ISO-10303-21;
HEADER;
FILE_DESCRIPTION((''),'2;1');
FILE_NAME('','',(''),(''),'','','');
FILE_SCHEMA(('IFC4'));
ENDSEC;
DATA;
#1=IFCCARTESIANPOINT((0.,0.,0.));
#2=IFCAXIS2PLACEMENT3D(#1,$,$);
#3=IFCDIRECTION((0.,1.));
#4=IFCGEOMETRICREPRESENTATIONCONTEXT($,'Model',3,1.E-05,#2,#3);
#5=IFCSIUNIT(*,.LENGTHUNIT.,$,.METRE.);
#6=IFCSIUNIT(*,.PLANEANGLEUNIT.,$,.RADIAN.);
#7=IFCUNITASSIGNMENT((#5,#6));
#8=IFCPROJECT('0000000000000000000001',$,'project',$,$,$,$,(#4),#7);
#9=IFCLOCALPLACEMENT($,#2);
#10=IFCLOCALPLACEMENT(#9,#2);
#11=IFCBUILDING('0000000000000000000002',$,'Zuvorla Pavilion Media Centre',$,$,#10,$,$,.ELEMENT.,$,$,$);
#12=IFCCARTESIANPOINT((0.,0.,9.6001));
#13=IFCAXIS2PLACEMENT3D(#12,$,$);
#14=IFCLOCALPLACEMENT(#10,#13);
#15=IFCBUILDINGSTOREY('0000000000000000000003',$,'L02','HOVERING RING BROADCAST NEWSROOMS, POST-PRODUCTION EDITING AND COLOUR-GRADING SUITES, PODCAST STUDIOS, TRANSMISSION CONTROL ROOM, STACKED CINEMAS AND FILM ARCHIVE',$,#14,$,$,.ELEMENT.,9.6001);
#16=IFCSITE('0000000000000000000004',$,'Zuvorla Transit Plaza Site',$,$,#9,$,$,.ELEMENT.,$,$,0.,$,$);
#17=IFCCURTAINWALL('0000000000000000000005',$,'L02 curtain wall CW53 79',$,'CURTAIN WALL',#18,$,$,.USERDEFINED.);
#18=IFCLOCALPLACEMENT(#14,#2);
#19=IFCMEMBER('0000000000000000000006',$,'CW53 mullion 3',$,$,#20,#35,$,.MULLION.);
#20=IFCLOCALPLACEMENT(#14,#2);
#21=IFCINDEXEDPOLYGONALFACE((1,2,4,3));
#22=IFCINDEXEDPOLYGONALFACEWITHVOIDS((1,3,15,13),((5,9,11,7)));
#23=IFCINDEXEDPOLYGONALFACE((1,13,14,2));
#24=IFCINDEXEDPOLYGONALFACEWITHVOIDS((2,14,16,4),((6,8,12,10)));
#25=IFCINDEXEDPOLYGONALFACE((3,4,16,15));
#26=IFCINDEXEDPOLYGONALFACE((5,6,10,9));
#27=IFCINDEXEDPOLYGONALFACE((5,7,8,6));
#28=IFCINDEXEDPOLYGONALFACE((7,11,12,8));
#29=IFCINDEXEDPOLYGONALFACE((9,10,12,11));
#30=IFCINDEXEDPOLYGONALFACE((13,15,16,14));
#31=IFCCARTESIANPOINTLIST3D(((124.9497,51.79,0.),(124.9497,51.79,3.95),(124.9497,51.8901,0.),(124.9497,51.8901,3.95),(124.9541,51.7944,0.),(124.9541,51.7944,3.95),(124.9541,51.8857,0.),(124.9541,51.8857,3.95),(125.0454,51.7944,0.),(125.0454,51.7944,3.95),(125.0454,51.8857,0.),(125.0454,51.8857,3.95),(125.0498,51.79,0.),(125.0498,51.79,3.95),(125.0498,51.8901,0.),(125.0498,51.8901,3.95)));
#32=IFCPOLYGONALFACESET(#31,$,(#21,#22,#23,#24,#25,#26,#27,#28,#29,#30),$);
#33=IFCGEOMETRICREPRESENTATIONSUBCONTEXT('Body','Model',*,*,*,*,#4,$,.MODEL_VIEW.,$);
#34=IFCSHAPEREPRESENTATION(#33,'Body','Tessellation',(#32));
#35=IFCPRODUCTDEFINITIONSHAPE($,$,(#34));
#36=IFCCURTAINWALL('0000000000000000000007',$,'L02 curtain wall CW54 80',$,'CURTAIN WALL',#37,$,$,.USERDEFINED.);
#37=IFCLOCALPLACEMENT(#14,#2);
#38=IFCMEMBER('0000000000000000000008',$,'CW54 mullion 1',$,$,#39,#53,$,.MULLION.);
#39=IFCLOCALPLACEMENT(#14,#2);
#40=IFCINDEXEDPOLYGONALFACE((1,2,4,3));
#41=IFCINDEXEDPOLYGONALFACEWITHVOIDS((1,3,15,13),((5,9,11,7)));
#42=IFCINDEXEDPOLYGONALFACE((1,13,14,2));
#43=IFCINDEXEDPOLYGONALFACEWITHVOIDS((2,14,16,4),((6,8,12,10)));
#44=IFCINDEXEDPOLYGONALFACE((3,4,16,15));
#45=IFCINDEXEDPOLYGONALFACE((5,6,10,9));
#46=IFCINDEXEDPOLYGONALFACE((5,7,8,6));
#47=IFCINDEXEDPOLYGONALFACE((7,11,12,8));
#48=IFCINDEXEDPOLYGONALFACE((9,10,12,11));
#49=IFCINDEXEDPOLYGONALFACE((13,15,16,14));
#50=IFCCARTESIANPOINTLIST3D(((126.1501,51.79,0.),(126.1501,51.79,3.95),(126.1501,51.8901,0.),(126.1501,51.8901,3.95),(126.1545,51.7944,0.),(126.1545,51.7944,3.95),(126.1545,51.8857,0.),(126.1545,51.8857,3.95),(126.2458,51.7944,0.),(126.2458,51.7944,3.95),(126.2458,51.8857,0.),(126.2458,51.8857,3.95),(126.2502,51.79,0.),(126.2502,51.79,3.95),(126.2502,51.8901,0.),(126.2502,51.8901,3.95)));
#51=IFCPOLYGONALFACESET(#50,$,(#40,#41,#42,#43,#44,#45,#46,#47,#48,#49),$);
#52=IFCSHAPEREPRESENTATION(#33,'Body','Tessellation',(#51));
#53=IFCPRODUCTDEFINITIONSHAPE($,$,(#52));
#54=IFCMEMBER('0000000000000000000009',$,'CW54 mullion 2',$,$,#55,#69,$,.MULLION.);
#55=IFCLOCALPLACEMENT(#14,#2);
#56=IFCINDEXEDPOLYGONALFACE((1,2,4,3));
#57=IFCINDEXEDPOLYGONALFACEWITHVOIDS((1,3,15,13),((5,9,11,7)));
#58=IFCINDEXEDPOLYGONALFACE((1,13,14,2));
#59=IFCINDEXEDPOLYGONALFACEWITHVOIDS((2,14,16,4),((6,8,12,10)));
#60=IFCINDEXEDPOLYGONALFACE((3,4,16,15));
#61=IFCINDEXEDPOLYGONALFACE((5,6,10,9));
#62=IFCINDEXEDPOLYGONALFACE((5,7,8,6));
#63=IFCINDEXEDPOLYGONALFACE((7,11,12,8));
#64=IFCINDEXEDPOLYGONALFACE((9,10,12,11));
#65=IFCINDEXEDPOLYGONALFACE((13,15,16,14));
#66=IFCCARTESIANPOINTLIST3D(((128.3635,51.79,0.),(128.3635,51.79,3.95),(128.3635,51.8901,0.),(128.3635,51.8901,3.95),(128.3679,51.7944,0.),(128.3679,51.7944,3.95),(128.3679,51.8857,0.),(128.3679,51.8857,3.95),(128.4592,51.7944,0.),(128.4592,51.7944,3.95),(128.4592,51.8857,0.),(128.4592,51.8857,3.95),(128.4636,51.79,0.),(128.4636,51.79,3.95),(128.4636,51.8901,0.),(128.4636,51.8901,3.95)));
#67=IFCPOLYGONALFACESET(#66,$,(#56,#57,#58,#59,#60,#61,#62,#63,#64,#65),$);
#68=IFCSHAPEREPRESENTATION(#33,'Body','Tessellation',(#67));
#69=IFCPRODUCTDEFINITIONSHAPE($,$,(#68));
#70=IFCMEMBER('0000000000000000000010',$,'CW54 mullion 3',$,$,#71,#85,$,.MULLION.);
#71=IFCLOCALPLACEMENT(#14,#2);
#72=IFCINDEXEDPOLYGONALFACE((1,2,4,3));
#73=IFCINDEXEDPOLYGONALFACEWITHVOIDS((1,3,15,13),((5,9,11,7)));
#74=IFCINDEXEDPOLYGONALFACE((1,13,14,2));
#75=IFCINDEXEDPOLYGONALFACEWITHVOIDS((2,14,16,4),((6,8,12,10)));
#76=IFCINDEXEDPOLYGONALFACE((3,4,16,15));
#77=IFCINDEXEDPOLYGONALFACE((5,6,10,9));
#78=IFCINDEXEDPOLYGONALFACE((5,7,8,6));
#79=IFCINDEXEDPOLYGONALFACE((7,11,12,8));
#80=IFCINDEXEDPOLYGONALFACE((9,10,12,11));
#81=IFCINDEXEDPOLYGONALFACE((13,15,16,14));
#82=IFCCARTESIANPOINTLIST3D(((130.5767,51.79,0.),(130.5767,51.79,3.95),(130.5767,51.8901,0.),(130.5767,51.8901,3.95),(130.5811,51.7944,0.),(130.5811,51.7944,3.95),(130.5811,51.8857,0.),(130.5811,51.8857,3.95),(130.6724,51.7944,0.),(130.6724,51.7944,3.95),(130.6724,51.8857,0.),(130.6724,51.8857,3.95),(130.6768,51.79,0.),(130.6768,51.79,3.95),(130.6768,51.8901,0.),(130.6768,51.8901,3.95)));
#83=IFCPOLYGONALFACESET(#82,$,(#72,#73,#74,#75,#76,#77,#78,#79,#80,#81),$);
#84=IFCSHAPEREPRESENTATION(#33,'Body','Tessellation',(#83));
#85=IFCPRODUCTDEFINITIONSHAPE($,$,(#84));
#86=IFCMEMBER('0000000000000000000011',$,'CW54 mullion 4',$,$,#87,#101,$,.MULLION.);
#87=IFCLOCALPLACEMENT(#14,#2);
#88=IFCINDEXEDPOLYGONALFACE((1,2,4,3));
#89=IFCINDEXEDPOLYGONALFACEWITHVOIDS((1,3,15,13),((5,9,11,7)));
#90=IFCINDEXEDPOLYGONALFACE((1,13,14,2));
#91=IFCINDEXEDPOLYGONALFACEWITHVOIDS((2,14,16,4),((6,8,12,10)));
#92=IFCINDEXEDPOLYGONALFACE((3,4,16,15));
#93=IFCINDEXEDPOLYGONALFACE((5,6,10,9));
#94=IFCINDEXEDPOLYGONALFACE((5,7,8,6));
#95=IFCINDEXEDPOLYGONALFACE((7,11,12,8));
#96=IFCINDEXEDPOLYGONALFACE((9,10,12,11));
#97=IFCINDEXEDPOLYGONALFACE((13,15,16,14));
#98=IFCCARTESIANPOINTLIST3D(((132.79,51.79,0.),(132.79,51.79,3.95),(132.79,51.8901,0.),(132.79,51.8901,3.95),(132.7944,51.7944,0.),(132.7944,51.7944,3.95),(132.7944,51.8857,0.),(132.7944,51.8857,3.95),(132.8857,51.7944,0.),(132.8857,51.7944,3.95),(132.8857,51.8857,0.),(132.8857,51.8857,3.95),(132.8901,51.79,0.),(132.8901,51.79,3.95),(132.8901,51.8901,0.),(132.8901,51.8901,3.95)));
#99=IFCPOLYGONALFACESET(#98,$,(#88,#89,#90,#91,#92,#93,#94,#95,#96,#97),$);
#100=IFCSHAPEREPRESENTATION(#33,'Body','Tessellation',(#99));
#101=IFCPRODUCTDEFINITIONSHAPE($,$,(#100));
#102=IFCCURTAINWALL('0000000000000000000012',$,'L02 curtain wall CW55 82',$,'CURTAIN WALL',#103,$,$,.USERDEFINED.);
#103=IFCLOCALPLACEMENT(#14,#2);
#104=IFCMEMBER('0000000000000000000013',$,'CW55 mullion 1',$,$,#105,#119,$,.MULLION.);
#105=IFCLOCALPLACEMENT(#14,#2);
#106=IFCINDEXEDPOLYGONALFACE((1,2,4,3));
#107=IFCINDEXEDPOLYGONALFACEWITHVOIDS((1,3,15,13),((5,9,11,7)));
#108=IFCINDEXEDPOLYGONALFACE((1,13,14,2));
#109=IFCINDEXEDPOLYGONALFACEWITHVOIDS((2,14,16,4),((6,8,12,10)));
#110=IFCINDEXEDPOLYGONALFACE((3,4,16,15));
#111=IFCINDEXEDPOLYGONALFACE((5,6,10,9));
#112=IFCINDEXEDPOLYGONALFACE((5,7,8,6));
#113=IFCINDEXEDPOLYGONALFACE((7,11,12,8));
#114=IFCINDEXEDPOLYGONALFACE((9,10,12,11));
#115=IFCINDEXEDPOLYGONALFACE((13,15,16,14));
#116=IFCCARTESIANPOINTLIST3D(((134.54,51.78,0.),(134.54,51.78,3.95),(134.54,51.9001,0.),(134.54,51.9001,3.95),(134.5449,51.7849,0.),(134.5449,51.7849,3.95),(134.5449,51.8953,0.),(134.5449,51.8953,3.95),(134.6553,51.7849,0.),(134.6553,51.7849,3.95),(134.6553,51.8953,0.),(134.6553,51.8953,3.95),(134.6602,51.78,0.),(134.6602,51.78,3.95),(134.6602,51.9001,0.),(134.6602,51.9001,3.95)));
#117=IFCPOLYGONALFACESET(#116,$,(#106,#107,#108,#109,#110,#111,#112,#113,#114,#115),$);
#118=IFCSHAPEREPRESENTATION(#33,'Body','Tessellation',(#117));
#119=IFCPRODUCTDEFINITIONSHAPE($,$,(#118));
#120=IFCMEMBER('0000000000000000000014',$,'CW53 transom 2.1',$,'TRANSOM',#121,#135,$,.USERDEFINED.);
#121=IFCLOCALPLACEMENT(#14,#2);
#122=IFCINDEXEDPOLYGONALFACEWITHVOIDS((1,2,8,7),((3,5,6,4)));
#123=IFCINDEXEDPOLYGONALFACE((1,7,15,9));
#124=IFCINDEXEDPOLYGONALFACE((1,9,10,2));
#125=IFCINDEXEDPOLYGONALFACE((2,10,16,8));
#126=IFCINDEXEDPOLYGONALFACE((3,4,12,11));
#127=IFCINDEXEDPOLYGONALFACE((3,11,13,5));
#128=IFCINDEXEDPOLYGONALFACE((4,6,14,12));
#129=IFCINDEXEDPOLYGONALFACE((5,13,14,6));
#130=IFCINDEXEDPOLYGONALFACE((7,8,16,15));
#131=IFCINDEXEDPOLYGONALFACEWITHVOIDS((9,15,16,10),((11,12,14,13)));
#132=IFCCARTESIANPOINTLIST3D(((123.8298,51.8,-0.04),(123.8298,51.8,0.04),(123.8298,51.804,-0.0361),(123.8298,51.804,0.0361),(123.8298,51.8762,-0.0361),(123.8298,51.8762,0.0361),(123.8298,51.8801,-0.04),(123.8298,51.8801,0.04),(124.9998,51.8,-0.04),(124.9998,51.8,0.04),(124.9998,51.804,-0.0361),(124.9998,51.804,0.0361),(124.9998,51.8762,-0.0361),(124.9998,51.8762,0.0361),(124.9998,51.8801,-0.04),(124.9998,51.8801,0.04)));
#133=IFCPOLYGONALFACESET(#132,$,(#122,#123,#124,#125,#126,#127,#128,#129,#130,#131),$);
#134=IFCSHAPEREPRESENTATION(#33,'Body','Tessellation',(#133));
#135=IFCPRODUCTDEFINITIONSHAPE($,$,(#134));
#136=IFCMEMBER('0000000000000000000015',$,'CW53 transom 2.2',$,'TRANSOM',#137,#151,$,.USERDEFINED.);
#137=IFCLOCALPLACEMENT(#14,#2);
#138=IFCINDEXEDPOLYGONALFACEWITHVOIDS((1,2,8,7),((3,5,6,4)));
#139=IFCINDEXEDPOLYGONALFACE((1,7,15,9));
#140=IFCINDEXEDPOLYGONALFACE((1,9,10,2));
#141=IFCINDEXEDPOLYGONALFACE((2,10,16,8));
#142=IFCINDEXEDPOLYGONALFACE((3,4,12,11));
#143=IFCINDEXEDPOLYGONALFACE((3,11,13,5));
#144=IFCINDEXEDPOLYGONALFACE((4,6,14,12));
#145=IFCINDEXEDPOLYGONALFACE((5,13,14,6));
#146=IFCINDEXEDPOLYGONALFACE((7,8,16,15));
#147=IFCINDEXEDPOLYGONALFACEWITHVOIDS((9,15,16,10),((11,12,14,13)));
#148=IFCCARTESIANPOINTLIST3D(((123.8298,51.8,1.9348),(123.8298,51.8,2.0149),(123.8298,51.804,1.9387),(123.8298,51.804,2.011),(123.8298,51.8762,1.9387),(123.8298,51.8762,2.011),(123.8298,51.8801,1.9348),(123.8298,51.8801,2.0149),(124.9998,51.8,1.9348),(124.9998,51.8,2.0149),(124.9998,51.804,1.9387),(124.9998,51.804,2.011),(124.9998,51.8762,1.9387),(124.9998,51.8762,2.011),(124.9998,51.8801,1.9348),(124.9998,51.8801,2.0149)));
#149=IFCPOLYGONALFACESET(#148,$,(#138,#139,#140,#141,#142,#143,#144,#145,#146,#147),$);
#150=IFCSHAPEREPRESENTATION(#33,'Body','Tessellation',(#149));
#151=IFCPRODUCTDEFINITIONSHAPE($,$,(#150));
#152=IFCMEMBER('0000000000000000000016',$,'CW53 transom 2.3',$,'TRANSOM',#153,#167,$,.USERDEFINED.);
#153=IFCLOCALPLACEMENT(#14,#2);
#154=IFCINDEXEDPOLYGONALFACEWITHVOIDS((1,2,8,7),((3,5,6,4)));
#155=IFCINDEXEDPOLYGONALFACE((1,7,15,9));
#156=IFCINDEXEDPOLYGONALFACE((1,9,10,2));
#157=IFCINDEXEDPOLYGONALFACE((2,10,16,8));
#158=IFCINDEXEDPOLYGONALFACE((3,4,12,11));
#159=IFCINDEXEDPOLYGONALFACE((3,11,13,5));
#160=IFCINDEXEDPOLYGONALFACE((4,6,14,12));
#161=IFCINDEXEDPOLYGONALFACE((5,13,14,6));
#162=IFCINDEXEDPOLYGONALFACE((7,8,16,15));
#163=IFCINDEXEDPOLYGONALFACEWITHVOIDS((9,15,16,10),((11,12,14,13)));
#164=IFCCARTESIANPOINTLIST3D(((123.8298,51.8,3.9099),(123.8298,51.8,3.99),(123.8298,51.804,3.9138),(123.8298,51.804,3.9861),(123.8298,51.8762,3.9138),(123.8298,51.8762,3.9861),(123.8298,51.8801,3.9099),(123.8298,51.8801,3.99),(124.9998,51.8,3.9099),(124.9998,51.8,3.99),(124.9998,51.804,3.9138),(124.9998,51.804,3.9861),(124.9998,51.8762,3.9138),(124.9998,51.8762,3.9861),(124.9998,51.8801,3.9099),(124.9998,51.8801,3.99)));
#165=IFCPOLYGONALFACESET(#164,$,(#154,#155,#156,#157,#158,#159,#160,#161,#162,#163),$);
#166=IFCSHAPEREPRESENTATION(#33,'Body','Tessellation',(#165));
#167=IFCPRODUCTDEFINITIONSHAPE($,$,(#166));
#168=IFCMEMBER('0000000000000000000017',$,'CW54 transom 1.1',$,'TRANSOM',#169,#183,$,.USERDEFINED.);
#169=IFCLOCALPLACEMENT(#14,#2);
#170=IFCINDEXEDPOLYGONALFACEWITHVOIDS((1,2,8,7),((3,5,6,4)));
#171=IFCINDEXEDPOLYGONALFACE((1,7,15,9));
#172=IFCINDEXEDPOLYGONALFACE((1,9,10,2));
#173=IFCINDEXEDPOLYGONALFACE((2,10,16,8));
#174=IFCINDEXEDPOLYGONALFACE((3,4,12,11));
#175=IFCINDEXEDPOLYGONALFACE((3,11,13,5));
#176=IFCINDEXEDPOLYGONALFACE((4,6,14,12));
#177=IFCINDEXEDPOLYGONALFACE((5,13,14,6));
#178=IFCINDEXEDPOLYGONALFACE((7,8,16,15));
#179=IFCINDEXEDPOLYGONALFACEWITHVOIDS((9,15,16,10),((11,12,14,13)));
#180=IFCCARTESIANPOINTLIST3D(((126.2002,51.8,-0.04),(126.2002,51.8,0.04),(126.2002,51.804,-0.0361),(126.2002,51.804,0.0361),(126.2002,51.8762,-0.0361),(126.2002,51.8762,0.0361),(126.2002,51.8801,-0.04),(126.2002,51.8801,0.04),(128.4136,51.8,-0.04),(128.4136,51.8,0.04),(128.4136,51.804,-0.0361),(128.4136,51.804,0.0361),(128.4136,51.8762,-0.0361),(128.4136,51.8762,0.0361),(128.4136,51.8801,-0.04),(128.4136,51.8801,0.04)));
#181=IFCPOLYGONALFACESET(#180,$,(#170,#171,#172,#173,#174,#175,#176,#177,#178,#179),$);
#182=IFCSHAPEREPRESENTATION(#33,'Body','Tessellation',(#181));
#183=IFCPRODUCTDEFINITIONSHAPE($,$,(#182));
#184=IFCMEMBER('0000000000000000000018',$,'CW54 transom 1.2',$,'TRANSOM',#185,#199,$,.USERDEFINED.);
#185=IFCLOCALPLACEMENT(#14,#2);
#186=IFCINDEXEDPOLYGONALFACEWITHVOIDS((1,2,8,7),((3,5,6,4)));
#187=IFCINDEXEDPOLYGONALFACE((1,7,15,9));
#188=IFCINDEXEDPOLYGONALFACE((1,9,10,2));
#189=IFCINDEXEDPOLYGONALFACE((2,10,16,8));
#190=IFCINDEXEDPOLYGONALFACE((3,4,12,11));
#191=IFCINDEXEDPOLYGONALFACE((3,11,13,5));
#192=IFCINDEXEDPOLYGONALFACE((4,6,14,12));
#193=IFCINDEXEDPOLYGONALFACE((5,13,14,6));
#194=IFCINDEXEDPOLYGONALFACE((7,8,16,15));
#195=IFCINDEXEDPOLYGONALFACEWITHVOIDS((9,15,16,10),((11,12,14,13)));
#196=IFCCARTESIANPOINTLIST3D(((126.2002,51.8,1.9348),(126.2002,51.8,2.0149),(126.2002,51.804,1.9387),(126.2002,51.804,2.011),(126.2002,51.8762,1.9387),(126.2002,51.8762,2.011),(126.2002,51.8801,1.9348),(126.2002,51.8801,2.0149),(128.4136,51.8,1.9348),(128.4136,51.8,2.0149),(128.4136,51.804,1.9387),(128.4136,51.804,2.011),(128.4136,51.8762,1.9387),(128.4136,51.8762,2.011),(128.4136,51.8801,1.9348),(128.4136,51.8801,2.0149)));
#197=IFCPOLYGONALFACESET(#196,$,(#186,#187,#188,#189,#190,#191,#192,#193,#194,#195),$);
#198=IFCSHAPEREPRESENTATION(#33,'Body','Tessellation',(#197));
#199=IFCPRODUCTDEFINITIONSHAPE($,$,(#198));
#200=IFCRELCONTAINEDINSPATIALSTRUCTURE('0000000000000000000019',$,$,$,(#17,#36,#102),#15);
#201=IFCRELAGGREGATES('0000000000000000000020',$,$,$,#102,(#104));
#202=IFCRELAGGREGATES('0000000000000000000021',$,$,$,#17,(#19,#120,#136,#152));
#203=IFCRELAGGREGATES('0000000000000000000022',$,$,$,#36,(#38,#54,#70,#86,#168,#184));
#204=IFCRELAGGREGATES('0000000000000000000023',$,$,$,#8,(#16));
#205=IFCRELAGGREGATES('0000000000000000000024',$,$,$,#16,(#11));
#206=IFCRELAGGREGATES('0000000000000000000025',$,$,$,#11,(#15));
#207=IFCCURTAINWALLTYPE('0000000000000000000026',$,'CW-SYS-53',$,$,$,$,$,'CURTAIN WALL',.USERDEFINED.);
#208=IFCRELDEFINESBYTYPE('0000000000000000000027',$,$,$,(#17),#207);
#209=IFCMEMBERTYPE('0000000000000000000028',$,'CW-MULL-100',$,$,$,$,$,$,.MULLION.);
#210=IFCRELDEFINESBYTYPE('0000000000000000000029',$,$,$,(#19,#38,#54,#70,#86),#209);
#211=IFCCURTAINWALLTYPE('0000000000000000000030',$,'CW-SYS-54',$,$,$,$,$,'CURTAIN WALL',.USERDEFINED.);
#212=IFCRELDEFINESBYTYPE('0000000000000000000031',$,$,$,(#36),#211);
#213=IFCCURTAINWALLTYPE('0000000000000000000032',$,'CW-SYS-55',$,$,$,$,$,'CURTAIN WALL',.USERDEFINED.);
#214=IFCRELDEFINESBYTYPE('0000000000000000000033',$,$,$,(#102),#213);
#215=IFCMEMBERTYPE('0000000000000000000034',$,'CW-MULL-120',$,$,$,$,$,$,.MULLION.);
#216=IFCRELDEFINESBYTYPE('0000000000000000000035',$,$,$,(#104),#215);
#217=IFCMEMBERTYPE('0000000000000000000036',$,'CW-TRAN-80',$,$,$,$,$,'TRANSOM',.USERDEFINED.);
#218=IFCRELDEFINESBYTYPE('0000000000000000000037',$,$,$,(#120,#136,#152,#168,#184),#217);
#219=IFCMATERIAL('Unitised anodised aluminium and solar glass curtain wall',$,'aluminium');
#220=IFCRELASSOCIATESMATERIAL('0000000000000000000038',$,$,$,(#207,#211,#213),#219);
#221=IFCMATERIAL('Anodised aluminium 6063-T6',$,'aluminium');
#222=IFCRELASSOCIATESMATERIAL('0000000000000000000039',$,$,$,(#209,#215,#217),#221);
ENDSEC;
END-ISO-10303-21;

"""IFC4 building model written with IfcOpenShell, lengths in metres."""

from ifc_helpers import new_model, si_unit, direction, frame, origin, origin_2d, place, context, subcontext, project, spatial, hollow_rectangle, extrude, material, material_profile, profile_set, type_object, element, aggregate, save


model = new_model("IFC4")

# Units and contexts
model_context = context("Model", 3, precision=1e-05, world=origin(), true_north=direction((0.0, 1.0)))
body_context = subcontext(model_context, "Body", "Model", "MODEL_VIEW")
ifc_project = project(units=[si_unit("LENGTHUNIT", "METRE"), si_unit("PLANEANGLEUNIT", "RADIAN")], contexts=[model_context])

# Site, building, storey
site_placement = place(None, origin())
site = spatial("IfcSite", under=ifc_project, at=site_placement, Name="Zuvorla Transit Plaza Site", CompositionType="ELEMENT", RefElevation=0.0)
building_placement = place(site_placement, origin())
building = spatial("IfcBuilding", under=site, at=building_placement, Name="Zuvorla Pavilion Media Centre", CompositionType="ELEMENT")
storey_placement = place(building_placement, frame((0.0, 0.0, 9.6001)))
storey = spatial("IfcBuildingStorey", under=building, at=storey_placement, Name="L02", Description="HOVERING RING BROADCAST NEWSROOMS, POST-PRODUCTION EDITING AND COLOUR-GRADING SUITES, PODCAST STUDIOS, TRANSMISSION CONTROL ROOM, STACKED CINEMAS AND FILM ARCHIVE", CompositionType="ELEMENT", Elevation=9.6001)

# Curtain wall, member
ifc_material_1 = material(Name="Unitised anodised aluminium and solar glass curtain wall", Category="aluminium")
curtain_wall_type_1 = type_object("IfcCurtainWallType", Name="CW-SYS-53", ElementType="CURTAIN WALL", PredefinedType="USERDEFINED", material=ifc_material_1)
curtain_wall_1_placement = place(storey_placement, origin())
curtain_wall_1 = element("IfcCurtainWall", 1, at=curtain_wall_1_placement, inside=storey, type_object=curtain_wall_type_1, Name="L02 curtain wall CW53 79", ObjectType="CURTAIN WALL", PredefinedType="USERDEFINED")
ifc_material_2 = material(Name="Anodised aluminium 6063-T6", Category="aluminium")
ifc_material_profile_1 = material_profile(ifc_material_2, hollow_rectangle(XDim=0.1001, YDim=0.1001, WallThickness=0.0044, at=origin_2d()), Name="ALU MULL 100x100")
ifc_profile_set_1 = profile_set([ifc_material_profile_1], Name="Anodised aluminium 6063-T6")
member_type_1 = type_object("IfcMemberType", Name="CW-MULL-100", PredefinedType="MULLION", material=ifc_profile_set_1)
member_1_placement = place(storey_placement, frame((124.9998, 51.8401, 0.0), z_axis=(0.0, 0.0, 1.0), x_axis=(1.0, 0.0, 0.0)))
member_1 = element("IfcMember", 2, at=member_1_placement, type_object=member_type_1, Name="CW53 mullion 3", PredefinedType="MULLION", context=body_context, shape_type="SweptSolid", body=[
    extrude(hollow_rectangle(XDim=0.1001, YDim=0.1001, WallThickness=0.0044, at=origin_2d()), origin(), (0.0, 0.0, 1.0), 3.95),
])

# Curtain wall, members
curtain_wall_type_2 = type_object("IfcCurtainWallType", Name="CW-SYS-54", ElementType="CURTAIN WALL", PredefinedType="USERDEFINED", material=ifc_material_1)
curtain_wall_2_placement = place(storey_placement, origin())
curtain_wall_2 = element("IfcCurtainWall", 3, at=curtain_wall_2_placement, inside=storey, type_object=curtain_wall_type_2, Name="L02 curtain wall CW54 80", ObjectType="CURTAIN WALL", PredefinedType="USERDEFINED")
member_2_placement = place(storey_placement, frame((126.2002, 51.8401, 0.0), z_axis=(0.0, 0.0, 1.0), x_axis=(1.0, 0.0, 0.0)))
member_2 = element("IfcMember", 4, at=member_2_placement, type_object=member_type_1, Name="CW54 mullion 1", PredefinedType="MULLION", context=body_context, shape_type="SweptSolid", body=[
    extrude(hollow_rectangle(XDim=0.1001, YDim=0.1001, WallThickness=0.0044, at=origin_2d()), origin(), (0.0, 0.0, 1.0), 3.95),
])
member_3_placement = place(storey_placement, frame((128.4136, 51.8401, 0.0), z_axis=(0.0, 0.0, 1.0), x_axis=(1.0, 0.0, 0.0)))
member_3 = element("IfcMember", 5, at=member_3_placement, type_object=member_type_1, Name="CW54 mullion 2", PredefinedType="MULLION", context=body_context, shape_type="SweptSolid", body=[
    extrude(hollow_rectangle(XDim=0.1001, YDim=0.1001, WallThickness=0.0044, at=origin_2d()), origin(), (0.0, 0.0, 1.0), 3.95),
])
member_4_placement = place(storey_placement, frame((130.6267, 51.8401, 0.0), z_axis=(0.0, 0.0, 1.0), x_axis=(1.0, 0.0, 0.0)))
member_4 = element("IfcMember", 6, at=member_4_placement, type_object=member_type_1, Name="CW54 mullion 3", PredefinedType="MULLION", context=body_context, shape_type="SweptSolid", body=[
    extrude(hollow_rectangle(XDim=0.1001, YDim=0.1001, WallThickness=0.0044, at=origin_2d()), origin(), (0.0, 0.0, 1.0), 3.95),
])
member_5_placement = place(storey_placement, frame((132.8401, 51.8401, 0.0), z_axis=(0.0, 0.0, 1.0), x_axis=(1.0, 0.0, 0.0)))
member_5 = element("IfcMember", 7, at=member_5_placement, type_object=member_type_1, Name="CW54 mullion 4", PredefinedType="MULLION", context=body_context, shape_type="SweptSolid", body=[
    extrude(hollow_rectangle(XDim=0.1001, YDim=0.1001, WallThickness=0.0044, at=origin_2d()), origin(), (0.0, 0.0, 1.0), 3.95),
])

# Curtain wall, member
curtain_wall_type_3 = type_object("IfcCurtainWallType", Name="CW-SYS-55", ElementType="CURTAIN WALL", PredefinedType="USERDEFINED", material=ifc_material_1)
curtain_wall_3_placement = place(storey_placement, origin())
curtain_wall_3 = element("IfcCurtainWall", 8, at=curtain_wall_3_placement, inside=storey, type_object=curtain_wall_type_3, Name="L02 curtain wall CW55 82", ObjectType="CURTAIN WALL", PredefinedType="USERDEFINED")
ifc_material_profile_2 = material_profile(ifc_material_2, hollow_rectangle(XDim=0.1201, YDim=0.1201, WallThickness=0.0049, at=origin_2d()), Name="ALU MULL 120x120")
ifc_profile_set_2 = profile_set([ifc_material_profile_2], Name="Anodised aluminium 6063-T6")
member_type_2 = type_object("IfcMemberType", Name="CW-MULL-120", PredefinedType="MULLION", material=ifc_profile_set_2)
member_6_placement = place(storey_placement, frame((134.6001, 51.8401, 0.0), z_axis=(0.0, 0.0, 1.0), x_axis=(1.0, 0.0, 0.0)))
member_6 = element("IfcMember", 9, at=member_6_placement, type_object=member_type_2, Name="CW55 mullion 1", PredefinedType="MULLION", context=body_context, shape_type="SweptSolid", body=[
    extrude(hollow_rectangle(XDim=0.1201, YDim=0.1201, WallThickness=0.0049, at=origin_2d()), origin(), (0.0, 0.0, 1.0), 3.95),
])
aggregate(curtain_wall_3, [member_6])

# Members
ifc_material_profile_3 = material_profile(ifc_material_2, hollow_rectangle(XDim=0.0801, YDim=0.0801, WallThickness=0.0039, at=origin_2d()), Name="ALU TRAN 80x80")
ifc_profile_set_3 = profile_set([ifc_material_profile_3], Name="Anodised aluminium 6063-T6")
member_type_3 = type_object("IfcMemberType", Name="CW-TRAN-80", ElementType="TRANSOM", PredefinedType="USERDEFINED", material=ifc_profile_set_3)
member_7_placement = place(storey_placement, frame((123.8298, 51.8401, 0.0), z_axis=(1.0, 0.0, 0.0), x_axis=(0.0, 1.0, 0.0)))
member_7 = element("IfcMember", 10, at=member_7_placement, type_object=member_type_3, Name="CW53 transom 2.1", ObjectType="TRANSOM", PredefinedType="USERDEFINED", context=body_context, shape_type="SweptSolid", body=[
    extrude(hollow_rectangle(XDim=0.0801, YDim=0.0801, WallThickness=0.0039, at=origin_2d()), origin(), (0.0, 0.0, 1.0), 1.1699),
])
member_8_placement = place(storey_placement, frame((123.8298, 51.8401, 1.9749), z_axis=(1.0, 0.0, 0.0), x_axis=(0.0, 1.0, 0.0)))
member_8 = element("IfcMember", 11, at=member_8_placement, type_object=member_type_3, Name="CW53 transom 2.2", ObjectType="TRANSOM", PredefinedType="USERDEFINED", context=body_context, shape_type="SweptSolid", body=[
    extrude(hollow_rectangle(XDim=0.0801, YDim=0.0801, WallThickness=0.0039, at=origin_2d()), origin(), (0.0, 0.0, 1.0), 1.1699),
])
member_9_placement = place(storey_placement, frame((123.8298, 51.8401, 3.95), z_axis=(1.0, 0.0, 0.0), x_axis=(0.0, 1.0, 0.0)))
member_9 = element("IfcMember", 12, at=member_9_placement, type_object=member_type_3, Name="CW53 transom 2.3", ObjectType="TRANSOM", PredefinedType="USERDEFINED", context=body_context, shape_type="SweptSolid", body=[
    extrude(hollow_rectangle(XDim=0.0801, YDim=0.0801, WallThickness=0.0039, at=origin_2d()), origin(), (0.0, 0.0, 1.0), 1.1699),
])
member_10_placement = place(storey_placement, frame((126.2002, 51.8401, 0.0), z_axis=(1.0, 0.0, 0.0), x_axis=(0.0, 1.0, 0.0)))
member_10 = element("IfcMember", 13, at=member_10_placement, type_object=member_type_3, Name="CW54 transom 1.1", ObjectType="TRANSOM", PredefinedType="USERDEFINED", context=body_context, shape_type="SweptSolid", body=[
    extrude(hollow_rectangle(XDim=0.0801, YDim=0.0801, WallThickness=0.0039, at=origin_2d()), origin(), (0.0, 0.0, 1.0), 2.2134),
])
member_11_placement = place(storey_placement, frame((126.2002, 51.8401, 1.9749), z_axis=(1.0, 0.0, 0.0), x_axis=(0.0, 1.0, 0.0)))
member_11 = element("IfcMember", 14, at=member_11_placement, type_object=member_type_3, Name="CW54 transom 1.2", ObjectType="TRANSOM", PredefinedType="USERDEFINED", context=body_context, shape_type="SweptSolid", body=[
    extrude(hollow_rectangle(XDim=0.0801, YDim=0.0801, WallThickness=0.0039, at=origin_2d()), origin(), (0.0, 0.0, 1.0), 2.2134),
])

aggregate(curtain_wall_1, [member_1, member_7, member_8, member_9])
aggregate(curtain_wall_2, [member_2, member_3, member_4, member_5, member_10, member_11])

save(model, "model.ifc")
